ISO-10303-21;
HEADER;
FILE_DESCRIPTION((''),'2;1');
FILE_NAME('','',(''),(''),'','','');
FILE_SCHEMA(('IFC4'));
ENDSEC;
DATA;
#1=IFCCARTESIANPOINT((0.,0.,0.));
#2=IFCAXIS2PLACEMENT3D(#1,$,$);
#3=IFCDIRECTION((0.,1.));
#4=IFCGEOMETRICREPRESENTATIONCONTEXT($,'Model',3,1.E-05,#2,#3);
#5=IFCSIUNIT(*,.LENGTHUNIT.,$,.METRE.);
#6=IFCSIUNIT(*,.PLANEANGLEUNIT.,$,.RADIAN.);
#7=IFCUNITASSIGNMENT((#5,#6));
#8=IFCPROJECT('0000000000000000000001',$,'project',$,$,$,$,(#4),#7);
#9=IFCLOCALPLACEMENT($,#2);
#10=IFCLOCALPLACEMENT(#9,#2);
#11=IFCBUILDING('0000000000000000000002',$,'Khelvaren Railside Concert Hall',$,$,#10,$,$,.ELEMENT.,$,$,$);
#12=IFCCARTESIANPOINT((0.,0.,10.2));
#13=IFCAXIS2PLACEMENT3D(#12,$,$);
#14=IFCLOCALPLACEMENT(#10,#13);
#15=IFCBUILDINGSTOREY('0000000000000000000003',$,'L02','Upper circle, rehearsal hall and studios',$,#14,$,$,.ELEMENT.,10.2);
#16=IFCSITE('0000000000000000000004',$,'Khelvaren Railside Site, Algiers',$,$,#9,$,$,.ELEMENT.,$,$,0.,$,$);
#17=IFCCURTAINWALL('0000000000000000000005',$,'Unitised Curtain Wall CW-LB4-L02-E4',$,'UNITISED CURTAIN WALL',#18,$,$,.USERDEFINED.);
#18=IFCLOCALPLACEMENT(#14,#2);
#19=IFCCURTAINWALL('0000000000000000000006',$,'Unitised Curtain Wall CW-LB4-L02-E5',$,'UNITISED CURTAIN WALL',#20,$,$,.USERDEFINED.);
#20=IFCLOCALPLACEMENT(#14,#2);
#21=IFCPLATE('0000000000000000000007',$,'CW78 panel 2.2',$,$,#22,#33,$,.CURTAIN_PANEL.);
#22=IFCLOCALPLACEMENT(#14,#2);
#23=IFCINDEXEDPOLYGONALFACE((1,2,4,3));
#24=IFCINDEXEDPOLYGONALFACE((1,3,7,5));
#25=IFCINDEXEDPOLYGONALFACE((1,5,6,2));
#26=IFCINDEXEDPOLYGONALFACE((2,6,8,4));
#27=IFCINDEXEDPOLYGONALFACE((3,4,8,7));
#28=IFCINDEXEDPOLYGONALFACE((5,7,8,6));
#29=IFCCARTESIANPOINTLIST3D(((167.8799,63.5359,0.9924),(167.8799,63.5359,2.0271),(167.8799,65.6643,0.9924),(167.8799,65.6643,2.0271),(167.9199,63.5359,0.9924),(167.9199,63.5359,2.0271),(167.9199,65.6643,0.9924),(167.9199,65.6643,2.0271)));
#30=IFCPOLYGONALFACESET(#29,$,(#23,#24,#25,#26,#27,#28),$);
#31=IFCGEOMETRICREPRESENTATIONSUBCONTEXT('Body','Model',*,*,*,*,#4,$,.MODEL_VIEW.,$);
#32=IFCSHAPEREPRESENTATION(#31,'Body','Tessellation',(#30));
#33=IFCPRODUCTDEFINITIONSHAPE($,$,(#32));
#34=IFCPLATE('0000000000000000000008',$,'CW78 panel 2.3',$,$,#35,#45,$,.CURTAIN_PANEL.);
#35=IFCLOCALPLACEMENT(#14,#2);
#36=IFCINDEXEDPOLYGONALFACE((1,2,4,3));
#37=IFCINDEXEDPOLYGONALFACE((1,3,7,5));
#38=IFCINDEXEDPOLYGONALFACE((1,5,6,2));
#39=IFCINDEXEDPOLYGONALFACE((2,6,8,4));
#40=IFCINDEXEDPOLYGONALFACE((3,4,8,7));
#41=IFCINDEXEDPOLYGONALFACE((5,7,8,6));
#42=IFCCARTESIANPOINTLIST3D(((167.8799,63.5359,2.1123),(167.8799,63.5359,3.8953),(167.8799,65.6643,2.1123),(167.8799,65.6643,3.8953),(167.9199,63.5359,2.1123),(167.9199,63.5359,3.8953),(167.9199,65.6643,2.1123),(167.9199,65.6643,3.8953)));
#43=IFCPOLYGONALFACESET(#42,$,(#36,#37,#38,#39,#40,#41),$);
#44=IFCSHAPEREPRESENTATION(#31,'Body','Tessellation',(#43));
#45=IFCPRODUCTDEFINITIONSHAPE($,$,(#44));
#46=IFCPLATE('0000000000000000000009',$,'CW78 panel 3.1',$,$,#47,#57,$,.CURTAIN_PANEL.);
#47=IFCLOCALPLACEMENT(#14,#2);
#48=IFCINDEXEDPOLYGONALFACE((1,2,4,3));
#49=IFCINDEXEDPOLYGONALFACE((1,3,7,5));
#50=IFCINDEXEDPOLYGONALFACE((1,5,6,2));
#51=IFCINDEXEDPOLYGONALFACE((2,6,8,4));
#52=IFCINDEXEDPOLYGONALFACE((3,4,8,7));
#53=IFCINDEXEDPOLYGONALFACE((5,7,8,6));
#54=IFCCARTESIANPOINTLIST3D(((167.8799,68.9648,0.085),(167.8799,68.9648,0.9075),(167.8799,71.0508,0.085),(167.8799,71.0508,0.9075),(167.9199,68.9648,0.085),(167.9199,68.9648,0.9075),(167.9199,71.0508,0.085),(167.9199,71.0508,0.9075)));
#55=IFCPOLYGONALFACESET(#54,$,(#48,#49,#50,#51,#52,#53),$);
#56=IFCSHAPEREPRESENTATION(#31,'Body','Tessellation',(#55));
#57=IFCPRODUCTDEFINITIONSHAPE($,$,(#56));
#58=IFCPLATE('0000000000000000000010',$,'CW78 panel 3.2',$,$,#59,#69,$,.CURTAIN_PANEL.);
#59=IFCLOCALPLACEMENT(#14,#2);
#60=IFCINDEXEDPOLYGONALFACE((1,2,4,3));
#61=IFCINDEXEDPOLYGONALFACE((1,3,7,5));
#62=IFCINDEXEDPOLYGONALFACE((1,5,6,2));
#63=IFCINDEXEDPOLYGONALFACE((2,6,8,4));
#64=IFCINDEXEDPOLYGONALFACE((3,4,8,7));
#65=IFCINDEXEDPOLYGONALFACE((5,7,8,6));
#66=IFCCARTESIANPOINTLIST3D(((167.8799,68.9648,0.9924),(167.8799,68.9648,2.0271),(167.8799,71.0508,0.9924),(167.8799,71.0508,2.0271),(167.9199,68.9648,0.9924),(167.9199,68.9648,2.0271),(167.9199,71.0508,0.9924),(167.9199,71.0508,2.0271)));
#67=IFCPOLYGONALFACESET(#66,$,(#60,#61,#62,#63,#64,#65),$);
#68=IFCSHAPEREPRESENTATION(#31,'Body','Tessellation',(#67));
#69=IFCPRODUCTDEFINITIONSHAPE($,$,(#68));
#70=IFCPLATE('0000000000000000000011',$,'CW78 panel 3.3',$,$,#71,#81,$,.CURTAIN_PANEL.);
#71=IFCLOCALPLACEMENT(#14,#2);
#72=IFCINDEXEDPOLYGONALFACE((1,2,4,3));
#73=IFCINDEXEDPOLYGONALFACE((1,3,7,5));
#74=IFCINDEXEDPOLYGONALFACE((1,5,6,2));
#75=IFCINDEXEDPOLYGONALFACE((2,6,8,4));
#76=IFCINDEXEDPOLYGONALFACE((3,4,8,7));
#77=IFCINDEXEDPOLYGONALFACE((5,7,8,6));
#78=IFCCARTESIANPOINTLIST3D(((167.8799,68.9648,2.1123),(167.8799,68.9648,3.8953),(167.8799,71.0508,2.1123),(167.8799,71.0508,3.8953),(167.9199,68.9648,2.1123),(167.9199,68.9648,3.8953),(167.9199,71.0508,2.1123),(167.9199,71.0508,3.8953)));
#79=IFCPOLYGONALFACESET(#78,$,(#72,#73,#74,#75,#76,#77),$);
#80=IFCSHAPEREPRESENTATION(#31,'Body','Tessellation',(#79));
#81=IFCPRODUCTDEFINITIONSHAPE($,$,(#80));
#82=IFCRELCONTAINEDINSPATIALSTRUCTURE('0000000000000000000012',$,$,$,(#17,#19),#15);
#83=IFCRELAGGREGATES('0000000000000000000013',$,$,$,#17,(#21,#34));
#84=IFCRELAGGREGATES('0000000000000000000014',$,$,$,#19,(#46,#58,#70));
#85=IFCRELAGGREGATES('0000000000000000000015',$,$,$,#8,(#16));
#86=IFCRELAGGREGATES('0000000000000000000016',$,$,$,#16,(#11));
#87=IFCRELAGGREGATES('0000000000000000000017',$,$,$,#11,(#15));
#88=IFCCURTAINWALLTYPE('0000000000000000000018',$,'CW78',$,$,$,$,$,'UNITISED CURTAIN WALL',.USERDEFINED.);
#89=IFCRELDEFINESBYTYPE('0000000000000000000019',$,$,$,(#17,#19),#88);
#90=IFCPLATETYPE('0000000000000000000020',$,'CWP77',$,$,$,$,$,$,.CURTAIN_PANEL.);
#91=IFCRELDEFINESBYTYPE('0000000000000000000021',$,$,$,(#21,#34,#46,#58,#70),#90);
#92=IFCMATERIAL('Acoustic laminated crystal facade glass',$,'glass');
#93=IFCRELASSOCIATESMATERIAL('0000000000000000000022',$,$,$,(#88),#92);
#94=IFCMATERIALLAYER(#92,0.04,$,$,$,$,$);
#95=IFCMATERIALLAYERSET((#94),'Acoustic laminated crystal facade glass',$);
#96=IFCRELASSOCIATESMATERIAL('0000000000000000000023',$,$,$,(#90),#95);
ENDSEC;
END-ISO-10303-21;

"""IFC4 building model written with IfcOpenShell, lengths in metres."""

from ifc_helpers import new_model, si_unit, direction, frame, origin, origin_2d, place, context, subcontext, project, spatial, rectangle, extrude, material, layer, layer_set, type_object, element, aggregate, save


model = new_model("IFC4")

# Units and contexts
model_context = context("Model", 3, precision=1e-05, world=origin(), true_north=direction((0.0, 1.0)))
body_context = subcontext(model_context, "Body", "Model", "MODEL_VIEW")
ifc_project = project(units=[si_unit("LENGTHUNIT", "METRE"), si_unit("PLANEANGLEUNIT", "RADIAN")], contexts=[model_context])

# Site, building, storey
site_placement = place(None, origin())
site = spatial("IfcSite", under=ifc_project, at=site_placement, Name="Khelvaren Railside Site, Algiers", CompositionType="ELEMENT", RefElevation=0.0)
building_placement = place(site_placement, origin())
building = spatial("IfcBuilding", under=site, at=building_placement, Name="Khelvaren Railside Concert Hall", CompositionType="ELEMENT")
storey_placement = place(building_placement, frame((0.0, 0.0, 10.2)))
storey = spatial("IfcBuildingStorey", under=building, at=storey_placement, Name="L02", Description="Upper circle, rehearsal hall and studios", CompositionType="ELEMENT", Elevation=10.2)

# Curtain wall
ifc_material_1 = material(Name="Acoustic laminated crystal facade glass", Category="glass")
curtain_wall_type = type_object("IfcCurtainWallType", Name="CW78", ElementType="UNITISED CURTAIN WALL", PredefinedType="USERDEFINED", material=ifc_material_1)
curtain_wall_1_placement = place(storey_placement, origin())
curtain_wall_1 = element("IfcCurtainWall", 1, at=curtain_wall_1_placement, inside=storey, type_object=curtain_wall_type, Name="Unitised Curtain Wall CW-LB4-L02-E4", ObjectType="UNITISED CURTAIN WALL", PredefinedType="USERDEFINED")

# Curtain wall
curtain_wall_2_placement = place(storey_placement, origin())
curtain_wall_2 = element("IfcCurtainWall", 2, at=curtain_wall_2_placement, inside=storey, type_object=curtain_wall_type, Name="Unitised Curtain Wall CW-LB4-L02-E5", ObjectType="UNITISED CURTAIN WALL", PredefinedType="USERDEFINED")

# Plates
ifc_layer = layer(ifc_material_1, 0.04)
ifc_layer_set = layer_set([ifc_layer], Name="Acoustic laminated crystal facade glass")
plate_type = type_object("IfcPlateType", Name="CWP77", PredefinedType="CURTAIN_PANEL", material=ifc_layer_set)
plate_1_placement = place(storey_placement, frame((167.8999, 64.6001, 0.9924), z_axis=(0.0, 0.0, 1.0), x_axis=(0.0, -1.0, 0.0)))
plate_1 = element("IfcPlate", 3, at=plate_1_placement, type_object=plate_type, Name="CW78 panel 2.2", PredefinedType="CURTAIN_PANEL", context=body_context, shape_type="SweptSolid", body=[
    extrude(rectangle(XDim=2.1284, YDim=0.04, at=origin_2d()), origin(), (0.0, 0.0, 1.0), 1.0347),
])
plate_2_placement = place(storey_placement, frame((167.8999, 64.6001, 2.1123), z_axis=(0.0, 0.0, 1.0), x_axis=(0.0, -1.0, 0.0)))
plate_2 = element("IfcPlate", 4, at=plate_2_placement, type_object=plate_type, Name="CW78 panel 2.3", PredefinedType="CURTAIN_PANEL", context=body_context, shape_type="SweptSolid", body=[
    extrude(rectangle(XDim=2.1284, YDim=0.04, at=origin_2d()), origin(), (0.0, 0.0, 1.0), 1.783),
])
aggregate(curtain_wall_1, [plate_1, plate_2])
plate_3_placement = place(storey_placement, frame((167.8999, 70.0078, 0.085), z_axis=(0.0, 0.0, 1.0), x_axis=(0.0, -1.0, 0.0)))
plate_3 = element("IfcPlate", 5, at=plate_3_placement, type_object=plate_type, Name="CW78 panel 3.1", PredefinedType="CURTAIN_PANEL", context=body_context, shape_type="SweptSolid", body=[
    extrude(rectangle(XDim=2.0859, YDim=0.04, at=origin_2d()), origin(), (0.0, 0.0, 1.0), 0.8225),
])
plate_4_placement = place(storey_placement, frame((167.8999, 70.0078, 0.9924), z_axis=(0.0, 0.0, 1.0), x_axis=(0.0, -1.0, 0.0)))
plate_4 = element("IfcPlate", 6, at=plate_4_placement, type_object=plate_type, Name="CW78 panel 3.2", PredefinedType="CURTAIN_PANEL", context=body_context, shape_type="SweptSolid", body=[
    extrude(rectangle(XDim=2.0859, YDim=0.04, at=origin_2d()), origin(), (0.0, 0.0, 1.0), 1.0347),
])
plate_5_placement = place(storey_placement, frame((167.8999, 70.0078, 2.1123), z_axis=(0.0, 0.0, 1.0), x_axis=(0.0, -1.0, 0.0)))
plate_5 = element("IfcPlate", 7, at=plate_5_placement, type_object=plate_type, Name="CW78 panel 3.3", PredefinedType="CURTAIN_PANEL", context=body_context, shape_type="SweptSolid", body=[
    extrude(rectangle(XDim=2.0859, YDim=0.04, at=origin_2d()), origin(), (0.0, 0.0, 1.0), 1.783),
])
aggregate(curtain_wall_2, [plate_3, plate_4, plate_5])

save(model, "model.ifc")
